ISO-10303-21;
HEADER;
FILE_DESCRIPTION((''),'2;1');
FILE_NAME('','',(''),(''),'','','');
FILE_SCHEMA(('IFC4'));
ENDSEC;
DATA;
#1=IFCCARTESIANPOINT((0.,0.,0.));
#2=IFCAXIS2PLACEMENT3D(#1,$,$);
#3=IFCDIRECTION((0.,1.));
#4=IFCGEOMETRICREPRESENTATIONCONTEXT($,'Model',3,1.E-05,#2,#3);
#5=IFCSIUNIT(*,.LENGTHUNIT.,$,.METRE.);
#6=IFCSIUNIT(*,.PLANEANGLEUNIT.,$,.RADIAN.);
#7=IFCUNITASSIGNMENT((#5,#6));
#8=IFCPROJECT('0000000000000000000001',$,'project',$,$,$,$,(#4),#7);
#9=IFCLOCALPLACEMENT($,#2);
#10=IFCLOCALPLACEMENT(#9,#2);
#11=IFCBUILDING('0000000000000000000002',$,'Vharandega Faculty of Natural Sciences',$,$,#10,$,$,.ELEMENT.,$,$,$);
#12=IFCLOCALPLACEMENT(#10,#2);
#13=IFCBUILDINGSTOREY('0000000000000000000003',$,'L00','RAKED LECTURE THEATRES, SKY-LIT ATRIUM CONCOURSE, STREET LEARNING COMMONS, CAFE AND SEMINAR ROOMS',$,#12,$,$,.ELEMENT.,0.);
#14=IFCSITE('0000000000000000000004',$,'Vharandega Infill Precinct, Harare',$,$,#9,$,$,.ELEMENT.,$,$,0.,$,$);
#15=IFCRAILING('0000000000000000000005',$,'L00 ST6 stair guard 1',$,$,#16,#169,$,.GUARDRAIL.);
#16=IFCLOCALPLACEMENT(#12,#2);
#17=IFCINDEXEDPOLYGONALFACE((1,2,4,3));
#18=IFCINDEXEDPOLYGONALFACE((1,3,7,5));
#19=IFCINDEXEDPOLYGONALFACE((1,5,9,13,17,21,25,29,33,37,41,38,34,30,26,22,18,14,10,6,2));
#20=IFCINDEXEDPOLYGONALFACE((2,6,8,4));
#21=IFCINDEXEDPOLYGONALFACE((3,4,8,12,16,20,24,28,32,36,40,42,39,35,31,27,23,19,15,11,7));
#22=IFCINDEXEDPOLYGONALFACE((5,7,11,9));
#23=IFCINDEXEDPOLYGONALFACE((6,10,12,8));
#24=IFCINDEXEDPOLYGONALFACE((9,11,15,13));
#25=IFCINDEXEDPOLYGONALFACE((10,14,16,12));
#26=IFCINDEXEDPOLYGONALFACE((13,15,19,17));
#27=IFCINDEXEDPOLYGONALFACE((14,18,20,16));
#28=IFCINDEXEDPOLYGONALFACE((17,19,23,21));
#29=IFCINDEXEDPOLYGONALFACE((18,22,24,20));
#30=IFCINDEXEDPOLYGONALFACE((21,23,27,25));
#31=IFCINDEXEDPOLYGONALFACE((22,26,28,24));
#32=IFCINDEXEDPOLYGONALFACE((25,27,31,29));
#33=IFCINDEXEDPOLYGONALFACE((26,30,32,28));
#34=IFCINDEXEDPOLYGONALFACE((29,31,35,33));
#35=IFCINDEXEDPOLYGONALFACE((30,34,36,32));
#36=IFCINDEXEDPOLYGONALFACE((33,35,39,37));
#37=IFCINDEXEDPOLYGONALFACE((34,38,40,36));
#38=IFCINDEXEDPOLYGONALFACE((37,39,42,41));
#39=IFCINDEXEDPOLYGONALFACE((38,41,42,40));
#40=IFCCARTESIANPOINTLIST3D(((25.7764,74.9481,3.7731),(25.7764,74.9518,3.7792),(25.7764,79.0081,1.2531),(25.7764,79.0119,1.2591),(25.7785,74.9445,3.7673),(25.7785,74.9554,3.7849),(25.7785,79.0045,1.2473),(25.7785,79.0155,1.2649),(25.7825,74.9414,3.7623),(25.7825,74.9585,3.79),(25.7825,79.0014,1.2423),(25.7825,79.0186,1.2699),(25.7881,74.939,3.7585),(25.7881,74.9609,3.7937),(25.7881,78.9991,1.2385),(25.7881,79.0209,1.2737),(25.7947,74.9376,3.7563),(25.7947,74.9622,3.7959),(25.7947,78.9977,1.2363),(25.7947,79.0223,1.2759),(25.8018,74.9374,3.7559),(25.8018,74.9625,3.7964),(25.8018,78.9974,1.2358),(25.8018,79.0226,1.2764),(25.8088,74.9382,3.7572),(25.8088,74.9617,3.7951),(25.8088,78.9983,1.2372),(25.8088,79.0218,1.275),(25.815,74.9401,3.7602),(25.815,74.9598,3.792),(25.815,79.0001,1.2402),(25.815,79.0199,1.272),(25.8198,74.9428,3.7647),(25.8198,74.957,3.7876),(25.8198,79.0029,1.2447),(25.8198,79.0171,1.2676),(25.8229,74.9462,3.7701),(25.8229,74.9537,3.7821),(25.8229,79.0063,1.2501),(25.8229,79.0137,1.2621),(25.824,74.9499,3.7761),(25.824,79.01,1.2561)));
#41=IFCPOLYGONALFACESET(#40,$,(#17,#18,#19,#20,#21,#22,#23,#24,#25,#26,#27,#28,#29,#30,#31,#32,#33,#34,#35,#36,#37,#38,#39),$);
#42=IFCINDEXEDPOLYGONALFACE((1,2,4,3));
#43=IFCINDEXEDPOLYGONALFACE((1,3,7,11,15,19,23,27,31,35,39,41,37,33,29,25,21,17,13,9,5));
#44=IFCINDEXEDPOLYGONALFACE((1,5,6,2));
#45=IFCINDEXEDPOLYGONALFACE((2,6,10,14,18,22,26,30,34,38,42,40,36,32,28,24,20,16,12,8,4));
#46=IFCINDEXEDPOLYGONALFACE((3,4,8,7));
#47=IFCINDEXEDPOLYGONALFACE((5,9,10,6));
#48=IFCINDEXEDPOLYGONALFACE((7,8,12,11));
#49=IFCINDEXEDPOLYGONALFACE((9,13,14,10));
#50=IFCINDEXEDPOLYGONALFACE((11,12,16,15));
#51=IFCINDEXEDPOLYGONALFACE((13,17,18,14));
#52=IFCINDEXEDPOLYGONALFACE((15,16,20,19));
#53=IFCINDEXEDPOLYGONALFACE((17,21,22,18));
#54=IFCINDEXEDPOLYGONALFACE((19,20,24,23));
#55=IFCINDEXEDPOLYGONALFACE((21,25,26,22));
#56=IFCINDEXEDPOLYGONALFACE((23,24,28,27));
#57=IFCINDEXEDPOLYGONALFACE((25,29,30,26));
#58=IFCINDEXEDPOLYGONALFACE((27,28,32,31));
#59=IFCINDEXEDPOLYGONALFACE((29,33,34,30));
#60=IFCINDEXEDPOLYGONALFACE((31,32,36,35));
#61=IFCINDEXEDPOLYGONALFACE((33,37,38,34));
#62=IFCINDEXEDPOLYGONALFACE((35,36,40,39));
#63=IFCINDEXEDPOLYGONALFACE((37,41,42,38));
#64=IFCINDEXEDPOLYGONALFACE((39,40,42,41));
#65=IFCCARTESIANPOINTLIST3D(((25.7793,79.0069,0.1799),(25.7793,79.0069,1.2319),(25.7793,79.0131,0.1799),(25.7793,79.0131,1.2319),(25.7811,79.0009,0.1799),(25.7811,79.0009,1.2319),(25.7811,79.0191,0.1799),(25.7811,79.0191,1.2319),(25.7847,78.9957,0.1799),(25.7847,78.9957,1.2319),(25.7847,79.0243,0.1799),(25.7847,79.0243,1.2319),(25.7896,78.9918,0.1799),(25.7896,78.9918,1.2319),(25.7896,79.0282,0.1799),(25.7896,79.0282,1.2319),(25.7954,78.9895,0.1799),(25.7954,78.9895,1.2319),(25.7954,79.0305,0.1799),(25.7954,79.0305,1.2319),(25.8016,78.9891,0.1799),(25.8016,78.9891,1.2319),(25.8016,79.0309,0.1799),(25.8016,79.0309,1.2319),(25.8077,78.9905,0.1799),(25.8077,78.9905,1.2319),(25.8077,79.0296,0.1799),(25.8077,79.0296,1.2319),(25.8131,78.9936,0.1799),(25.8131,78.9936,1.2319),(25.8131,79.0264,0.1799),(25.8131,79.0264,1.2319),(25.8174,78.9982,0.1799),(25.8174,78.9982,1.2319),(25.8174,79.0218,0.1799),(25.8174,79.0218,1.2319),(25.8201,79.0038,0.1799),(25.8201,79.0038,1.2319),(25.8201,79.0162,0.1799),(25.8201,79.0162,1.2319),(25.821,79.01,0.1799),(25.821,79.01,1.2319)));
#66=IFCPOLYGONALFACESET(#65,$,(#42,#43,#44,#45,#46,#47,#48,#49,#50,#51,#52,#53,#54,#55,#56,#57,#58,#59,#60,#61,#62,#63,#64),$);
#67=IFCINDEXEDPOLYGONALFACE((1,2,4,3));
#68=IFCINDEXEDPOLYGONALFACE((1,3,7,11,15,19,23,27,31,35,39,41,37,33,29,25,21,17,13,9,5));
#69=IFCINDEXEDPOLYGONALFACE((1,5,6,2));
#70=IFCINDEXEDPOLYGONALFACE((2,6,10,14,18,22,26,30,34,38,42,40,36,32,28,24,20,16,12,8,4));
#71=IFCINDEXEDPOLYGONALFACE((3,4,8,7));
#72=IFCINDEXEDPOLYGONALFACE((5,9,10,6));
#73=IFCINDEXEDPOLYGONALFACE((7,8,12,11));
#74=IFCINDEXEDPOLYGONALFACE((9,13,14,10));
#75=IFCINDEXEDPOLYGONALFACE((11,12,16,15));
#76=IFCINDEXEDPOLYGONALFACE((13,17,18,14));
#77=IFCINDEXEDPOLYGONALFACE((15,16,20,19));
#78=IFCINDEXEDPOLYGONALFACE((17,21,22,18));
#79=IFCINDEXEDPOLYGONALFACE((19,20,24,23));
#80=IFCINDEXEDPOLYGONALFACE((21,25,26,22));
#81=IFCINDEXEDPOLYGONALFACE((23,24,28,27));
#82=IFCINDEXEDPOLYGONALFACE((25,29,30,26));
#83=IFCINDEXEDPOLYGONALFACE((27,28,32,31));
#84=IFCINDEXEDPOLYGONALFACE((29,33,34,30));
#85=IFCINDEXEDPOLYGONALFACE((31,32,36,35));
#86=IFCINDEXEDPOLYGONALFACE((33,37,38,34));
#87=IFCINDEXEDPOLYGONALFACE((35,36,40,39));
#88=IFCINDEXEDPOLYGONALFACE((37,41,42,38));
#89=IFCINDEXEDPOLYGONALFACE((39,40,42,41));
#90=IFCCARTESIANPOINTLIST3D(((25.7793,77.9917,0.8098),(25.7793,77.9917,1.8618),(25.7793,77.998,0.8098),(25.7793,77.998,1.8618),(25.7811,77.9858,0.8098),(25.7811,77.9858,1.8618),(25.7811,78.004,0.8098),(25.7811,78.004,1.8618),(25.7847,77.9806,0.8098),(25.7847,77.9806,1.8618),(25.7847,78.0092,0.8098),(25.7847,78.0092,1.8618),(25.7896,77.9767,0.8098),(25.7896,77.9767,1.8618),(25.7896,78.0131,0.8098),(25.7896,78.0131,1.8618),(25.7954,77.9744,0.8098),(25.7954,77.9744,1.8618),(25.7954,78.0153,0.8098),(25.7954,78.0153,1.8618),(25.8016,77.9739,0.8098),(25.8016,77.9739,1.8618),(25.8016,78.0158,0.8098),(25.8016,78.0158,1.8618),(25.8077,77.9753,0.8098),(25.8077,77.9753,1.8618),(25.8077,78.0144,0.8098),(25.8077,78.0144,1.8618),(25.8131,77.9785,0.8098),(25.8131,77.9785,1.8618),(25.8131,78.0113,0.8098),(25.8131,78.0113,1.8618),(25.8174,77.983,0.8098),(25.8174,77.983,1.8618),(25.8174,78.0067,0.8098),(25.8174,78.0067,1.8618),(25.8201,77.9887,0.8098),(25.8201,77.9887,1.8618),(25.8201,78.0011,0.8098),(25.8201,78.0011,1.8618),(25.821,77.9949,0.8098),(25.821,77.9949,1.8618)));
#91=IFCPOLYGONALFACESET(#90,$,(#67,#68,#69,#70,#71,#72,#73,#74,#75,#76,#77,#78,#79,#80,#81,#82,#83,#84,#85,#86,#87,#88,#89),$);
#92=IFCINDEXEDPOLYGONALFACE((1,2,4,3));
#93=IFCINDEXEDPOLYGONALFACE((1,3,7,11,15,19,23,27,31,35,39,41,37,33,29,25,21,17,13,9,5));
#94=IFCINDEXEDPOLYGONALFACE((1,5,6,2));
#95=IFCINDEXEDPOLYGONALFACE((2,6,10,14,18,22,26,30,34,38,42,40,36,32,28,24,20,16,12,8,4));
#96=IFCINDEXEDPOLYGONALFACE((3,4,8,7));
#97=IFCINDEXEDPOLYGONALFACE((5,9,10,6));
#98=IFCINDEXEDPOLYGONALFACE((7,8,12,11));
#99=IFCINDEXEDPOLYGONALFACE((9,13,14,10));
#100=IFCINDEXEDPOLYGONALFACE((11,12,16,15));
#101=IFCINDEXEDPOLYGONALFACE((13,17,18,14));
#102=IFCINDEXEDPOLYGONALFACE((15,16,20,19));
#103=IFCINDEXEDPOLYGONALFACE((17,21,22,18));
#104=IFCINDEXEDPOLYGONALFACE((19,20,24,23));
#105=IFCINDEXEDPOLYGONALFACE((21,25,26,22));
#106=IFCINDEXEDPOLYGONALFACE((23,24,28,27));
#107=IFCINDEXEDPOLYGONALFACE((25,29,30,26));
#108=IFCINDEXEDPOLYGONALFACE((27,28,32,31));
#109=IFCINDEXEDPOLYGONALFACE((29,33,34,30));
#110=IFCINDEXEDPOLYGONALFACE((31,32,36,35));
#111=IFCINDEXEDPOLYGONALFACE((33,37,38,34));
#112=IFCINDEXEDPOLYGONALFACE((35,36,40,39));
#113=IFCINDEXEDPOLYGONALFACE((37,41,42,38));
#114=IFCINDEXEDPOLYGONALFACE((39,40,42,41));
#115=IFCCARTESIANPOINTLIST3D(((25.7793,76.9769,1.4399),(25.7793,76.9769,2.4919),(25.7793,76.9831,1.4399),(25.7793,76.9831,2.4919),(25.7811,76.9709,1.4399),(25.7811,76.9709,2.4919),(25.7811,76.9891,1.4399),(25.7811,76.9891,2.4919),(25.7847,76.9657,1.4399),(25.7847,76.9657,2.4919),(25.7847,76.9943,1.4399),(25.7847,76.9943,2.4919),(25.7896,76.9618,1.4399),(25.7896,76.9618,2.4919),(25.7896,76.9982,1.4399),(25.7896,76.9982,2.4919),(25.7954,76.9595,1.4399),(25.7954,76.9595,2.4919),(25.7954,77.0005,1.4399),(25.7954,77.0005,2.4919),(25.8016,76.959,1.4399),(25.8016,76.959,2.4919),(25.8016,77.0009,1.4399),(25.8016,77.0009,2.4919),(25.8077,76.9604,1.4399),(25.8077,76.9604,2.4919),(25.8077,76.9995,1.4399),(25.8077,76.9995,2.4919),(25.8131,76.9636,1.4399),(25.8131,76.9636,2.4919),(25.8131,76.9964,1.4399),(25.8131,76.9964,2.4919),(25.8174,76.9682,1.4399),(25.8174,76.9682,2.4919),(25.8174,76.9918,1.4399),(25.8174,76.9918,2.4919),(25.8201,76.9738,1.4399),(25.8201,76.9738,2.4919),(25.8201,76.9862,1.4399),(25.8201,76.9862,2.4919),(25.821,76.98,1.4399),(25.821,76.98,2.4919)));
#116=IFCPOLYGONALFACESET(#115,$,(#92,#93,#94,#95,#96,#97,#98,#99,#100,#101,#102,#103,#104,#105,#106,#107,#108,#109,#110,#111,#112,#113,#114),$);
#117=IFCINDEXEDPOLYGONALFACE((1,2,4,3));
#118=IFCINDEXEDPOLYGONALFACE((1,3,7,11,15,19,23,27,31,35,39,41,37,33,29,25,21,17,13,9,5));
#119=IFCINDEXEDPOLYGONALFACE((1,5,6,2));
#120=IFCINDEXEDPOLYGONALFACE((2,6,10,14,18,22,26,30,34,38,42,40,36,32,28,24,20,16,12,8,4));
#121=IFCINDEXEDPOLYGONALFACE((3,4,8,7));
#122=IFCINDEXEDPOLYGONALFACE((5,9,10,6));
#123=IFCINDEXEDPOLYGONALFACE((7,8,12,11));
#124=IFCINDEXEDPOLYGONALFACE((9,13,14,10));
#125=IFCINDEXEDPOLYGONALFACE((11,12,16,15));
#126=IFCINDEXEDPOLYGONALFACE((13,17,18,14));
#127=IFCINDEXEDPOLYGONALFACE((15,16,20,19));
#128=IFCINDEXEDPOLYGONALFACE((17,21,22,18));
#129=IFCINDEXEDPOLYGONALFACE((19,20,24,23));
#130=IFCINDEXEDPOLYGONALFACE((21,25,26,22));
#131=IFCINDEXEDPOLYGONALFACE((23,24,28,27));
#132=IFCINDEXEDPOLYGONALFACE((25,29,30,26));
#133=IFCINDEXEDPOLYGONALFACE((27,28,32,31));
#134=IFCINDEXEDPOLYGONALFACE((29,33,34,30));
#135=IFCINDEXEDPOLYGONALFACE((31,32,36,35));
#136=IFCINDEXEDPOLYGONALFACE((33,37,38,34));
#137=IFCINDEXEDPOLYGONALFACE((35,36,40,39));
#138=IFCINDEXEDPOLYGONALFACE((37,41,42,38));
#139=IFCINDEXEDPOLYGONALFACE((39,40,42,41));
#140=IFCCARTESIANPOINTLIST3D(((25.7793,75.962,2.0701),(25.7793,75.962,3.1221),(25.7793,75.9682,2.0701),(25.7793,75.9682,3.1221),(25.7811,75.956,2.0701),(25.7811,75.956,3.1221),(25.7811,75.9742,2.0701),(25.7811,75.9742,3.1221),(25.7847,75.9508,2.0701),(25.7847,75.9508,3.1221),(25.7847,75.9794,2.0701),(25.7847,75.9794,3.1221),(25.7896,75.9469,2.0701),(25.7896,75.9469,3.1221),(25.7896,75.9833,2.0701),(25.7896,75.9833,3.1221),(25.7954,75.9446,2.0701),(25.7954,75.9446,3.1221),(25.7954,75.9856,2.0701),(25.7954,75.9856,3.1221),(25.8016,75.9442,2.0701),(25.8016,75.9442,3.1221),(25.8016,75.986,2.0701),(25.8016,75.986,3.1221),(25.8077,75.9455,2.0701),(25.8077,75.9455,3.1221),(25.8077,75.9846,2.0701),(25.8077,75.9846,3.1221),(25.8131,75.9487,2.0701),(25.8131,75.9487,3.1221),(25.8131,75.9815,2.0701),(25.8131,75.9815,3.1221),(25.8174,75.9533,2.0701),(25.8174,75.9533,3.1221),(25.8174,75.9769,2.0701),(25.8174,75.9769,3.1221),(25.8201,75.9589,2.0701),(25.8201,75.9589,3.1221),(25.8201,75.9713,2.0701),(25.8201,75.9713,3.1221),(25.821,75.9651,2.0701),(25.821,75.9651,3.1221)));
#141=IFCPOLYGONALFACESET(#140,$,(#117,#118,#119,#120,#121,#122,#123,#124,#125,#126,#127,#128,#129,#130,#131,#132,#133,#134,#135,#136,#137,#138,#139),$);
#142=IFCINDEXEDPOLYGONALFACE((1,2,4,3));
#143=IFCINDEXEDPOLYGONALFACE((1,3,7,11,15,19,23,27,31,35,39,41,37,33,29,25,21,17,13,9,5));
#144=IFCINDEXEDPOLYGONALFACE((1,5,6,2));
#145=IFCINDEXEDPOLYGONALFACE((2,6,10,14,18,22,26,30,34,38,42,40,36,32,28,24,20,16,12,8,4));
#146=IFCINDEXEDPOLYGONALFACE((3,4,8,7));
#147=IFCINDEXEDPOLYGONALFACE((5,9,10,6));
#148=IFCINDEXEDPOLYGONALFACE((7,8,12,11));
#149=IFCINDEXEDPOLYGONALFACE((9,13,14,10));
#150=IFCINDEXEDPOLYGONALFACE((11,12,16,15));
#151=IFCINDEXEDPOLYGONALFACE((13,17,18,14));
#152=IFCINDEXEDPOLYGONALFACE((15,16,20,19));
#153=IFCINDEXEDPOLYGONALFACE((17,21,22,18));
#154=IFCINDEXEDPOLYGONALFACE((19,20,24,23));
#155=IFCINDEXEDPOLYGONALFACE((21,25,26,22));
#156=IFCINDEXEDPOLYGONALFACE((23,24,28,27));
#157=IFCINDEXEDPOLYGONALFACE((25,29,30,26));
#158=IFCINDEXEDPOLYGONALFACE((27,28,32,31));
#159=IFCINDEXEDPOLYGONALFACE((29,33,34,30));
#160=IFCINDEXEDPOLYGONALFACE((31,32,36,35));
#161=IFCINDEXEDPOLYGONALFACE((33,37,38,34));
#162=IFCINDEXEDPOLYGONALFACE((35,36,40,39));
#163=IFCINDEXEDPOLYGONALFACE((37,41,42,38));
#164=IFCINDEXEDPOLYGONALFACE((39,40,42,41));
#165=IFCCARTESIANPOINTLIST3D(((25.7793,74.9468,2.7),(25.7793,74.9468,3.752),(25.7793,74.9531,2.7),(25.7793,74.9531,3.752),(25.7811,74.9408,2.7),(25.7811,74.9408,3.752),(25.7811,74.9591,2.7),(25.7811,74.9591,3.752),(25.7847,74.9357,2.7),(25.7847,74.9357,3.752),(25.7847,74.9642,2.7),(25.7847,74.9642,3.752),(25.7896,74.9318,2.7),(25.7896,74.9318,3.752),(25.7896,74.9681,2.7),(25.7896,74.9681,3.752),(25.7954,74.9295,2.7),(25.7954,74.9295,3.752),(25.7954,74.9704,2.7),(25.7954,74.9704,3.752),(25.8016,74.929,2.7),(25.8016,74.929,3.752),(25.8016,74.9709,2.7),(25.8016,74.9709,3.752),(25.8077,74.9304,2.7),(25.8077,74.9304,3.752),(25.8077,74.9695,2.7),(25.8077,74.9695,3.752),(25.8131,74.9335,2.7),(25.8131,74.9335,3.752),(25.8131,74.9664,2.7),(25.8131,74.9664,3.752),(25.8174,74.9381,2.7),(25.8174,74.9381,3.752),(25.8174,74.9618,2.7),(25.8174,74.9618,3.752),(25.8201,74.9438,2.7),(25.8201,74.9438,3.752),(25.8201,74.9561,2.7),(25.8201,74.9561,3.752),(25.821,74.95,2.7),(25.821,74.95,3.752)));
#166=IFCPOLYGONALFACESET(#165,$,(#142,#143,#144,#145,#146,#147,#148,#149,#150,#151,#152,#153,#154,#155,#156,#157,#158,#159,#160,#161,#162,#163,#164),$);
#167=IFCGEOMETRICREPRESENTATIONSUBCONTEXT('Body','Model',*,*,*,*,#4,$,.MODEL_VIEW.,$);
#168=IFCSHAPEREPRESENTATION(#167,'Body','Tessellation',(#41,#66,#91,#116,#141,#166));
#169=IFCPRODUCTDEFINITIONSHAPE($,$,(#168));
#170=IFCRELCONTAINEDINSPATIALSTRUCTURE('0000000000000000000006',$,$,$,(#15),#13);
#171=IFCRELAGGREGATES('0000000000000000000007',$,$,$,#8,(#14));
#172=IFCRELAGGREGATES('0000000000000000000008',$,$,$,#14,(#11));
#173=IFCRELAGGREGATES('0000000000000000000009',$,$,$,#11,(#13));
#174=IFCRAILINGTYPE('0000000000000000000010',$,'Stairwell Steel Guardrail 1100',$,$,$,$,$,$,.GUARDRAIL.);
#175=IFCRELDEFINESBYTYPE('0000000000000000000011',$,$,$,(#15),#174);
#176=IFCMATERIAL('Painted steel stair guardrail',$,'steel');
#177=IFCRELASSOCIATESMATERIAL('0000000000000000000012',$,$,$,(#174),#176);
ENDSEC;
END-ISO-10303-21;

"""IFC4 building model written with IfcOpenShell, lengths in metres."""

from ifc_helpers import new_model, si_unit, direction, frame, origin, origin_2d, place, context, subcontext, project, spatial, circle, extrude, material, type_object, element, save


model = new_model("IFC4")

# Units and contexts
model_context = context("Model", 3, precision=1e-05, world=origin(), true_north=direction((0.0, 1.0)))
body_context = subcontext(model_context, "Body", "Model", "MODEL_VIEW")
ifc_project = project(units=[si_unit("LENGTHUNIT", "METRE"), si_unit("PLANEANGLEUNIT", "RADIAN")], contexts=[model_context])

# Site, building, storey
site_placement = place(None, origin())
site = spatial("IfcSite", under=ifc_project, at=site_placement, Name="Vharandega Infill Precinct, Harare", CompositionType="ELEMENT", RefElevation=0.0)
building_placement = place(site_placement, origin())
building = spatial("IfcBuilding", under=site, at=building_placement, Name="Vharandega Faculty of Natural Sciences", CompositionType="ELEMENT")
storey_placement = place(building_placement, origin())
storey = spatial("IfcBuildingStorey", under=building, at=storey_placement, Name="L00", Description="RAKED LECTURE THEATRES, SKY-LIT ATRIUM CONCOURSE, STREET LEARNING COMMONS, CAFE AND SEMINAR ROOMS", CompositionType="ELEMENT", Elevation=0.0)

# Railing
ifc_material_1 = material(Name="Painted steel stair guardrail", Category="steel")
railing_type_1 = type_object("IfcRailingType", Name="Stairwell Steel Guardrail 1100", PredefinedType="GUARDRAIL", material=ifc_material_1)
railing_1_placement = place(storey_placement, frame((25.8, 79.01, 0.1799)))
element("IfcRailing", 1, at=railing_1_placement, inside=storey, type_object=railing_type_1, Name="L00 ST6 stair guard 1", PredefinedType="GUARDRAIL", context=body_context, shape_type="SweptSolid", body=[
    extrude(circle(Radius=0.0239, at=origin_2d()), frame((0.0, 0.0, 1.0762), z_axis=(0.0, -0.849642, 0.52736), x_axis=(1.0, 0.0, 0.0)), (0.0, 0.0, 1.0), 4.7786),
    extrude(circle(Radius=0.021, at=origin_2d()), origin(), (0.0, 0.0, 1.0), 1.052),
    extrude(circle(Radius=0.021, at=origin_2d()), frame((0.0, -1.0151, 0.6299)), (0.0, 0.0, 1.0), 1.052),
    extrude(circle(Radius=0.021, at=origin_2d()), frame((0.0, -2.03, 1.26)), (0.0, 0.0, 1.0), 1.052),
    extrude(circle(Radius=0.021, at=origin_2d()), frame((0.0, -3.0449, 1.8901)), (0.0, 0.0, 1.0), 1.052),
    extrude(circle(Radius=0.021, at=origin_2d()), frame((0.0, -4.0601, 2.52)), (0.0, 0.0, 1.0), 1.052),
])

save(model, "model.ifc")
